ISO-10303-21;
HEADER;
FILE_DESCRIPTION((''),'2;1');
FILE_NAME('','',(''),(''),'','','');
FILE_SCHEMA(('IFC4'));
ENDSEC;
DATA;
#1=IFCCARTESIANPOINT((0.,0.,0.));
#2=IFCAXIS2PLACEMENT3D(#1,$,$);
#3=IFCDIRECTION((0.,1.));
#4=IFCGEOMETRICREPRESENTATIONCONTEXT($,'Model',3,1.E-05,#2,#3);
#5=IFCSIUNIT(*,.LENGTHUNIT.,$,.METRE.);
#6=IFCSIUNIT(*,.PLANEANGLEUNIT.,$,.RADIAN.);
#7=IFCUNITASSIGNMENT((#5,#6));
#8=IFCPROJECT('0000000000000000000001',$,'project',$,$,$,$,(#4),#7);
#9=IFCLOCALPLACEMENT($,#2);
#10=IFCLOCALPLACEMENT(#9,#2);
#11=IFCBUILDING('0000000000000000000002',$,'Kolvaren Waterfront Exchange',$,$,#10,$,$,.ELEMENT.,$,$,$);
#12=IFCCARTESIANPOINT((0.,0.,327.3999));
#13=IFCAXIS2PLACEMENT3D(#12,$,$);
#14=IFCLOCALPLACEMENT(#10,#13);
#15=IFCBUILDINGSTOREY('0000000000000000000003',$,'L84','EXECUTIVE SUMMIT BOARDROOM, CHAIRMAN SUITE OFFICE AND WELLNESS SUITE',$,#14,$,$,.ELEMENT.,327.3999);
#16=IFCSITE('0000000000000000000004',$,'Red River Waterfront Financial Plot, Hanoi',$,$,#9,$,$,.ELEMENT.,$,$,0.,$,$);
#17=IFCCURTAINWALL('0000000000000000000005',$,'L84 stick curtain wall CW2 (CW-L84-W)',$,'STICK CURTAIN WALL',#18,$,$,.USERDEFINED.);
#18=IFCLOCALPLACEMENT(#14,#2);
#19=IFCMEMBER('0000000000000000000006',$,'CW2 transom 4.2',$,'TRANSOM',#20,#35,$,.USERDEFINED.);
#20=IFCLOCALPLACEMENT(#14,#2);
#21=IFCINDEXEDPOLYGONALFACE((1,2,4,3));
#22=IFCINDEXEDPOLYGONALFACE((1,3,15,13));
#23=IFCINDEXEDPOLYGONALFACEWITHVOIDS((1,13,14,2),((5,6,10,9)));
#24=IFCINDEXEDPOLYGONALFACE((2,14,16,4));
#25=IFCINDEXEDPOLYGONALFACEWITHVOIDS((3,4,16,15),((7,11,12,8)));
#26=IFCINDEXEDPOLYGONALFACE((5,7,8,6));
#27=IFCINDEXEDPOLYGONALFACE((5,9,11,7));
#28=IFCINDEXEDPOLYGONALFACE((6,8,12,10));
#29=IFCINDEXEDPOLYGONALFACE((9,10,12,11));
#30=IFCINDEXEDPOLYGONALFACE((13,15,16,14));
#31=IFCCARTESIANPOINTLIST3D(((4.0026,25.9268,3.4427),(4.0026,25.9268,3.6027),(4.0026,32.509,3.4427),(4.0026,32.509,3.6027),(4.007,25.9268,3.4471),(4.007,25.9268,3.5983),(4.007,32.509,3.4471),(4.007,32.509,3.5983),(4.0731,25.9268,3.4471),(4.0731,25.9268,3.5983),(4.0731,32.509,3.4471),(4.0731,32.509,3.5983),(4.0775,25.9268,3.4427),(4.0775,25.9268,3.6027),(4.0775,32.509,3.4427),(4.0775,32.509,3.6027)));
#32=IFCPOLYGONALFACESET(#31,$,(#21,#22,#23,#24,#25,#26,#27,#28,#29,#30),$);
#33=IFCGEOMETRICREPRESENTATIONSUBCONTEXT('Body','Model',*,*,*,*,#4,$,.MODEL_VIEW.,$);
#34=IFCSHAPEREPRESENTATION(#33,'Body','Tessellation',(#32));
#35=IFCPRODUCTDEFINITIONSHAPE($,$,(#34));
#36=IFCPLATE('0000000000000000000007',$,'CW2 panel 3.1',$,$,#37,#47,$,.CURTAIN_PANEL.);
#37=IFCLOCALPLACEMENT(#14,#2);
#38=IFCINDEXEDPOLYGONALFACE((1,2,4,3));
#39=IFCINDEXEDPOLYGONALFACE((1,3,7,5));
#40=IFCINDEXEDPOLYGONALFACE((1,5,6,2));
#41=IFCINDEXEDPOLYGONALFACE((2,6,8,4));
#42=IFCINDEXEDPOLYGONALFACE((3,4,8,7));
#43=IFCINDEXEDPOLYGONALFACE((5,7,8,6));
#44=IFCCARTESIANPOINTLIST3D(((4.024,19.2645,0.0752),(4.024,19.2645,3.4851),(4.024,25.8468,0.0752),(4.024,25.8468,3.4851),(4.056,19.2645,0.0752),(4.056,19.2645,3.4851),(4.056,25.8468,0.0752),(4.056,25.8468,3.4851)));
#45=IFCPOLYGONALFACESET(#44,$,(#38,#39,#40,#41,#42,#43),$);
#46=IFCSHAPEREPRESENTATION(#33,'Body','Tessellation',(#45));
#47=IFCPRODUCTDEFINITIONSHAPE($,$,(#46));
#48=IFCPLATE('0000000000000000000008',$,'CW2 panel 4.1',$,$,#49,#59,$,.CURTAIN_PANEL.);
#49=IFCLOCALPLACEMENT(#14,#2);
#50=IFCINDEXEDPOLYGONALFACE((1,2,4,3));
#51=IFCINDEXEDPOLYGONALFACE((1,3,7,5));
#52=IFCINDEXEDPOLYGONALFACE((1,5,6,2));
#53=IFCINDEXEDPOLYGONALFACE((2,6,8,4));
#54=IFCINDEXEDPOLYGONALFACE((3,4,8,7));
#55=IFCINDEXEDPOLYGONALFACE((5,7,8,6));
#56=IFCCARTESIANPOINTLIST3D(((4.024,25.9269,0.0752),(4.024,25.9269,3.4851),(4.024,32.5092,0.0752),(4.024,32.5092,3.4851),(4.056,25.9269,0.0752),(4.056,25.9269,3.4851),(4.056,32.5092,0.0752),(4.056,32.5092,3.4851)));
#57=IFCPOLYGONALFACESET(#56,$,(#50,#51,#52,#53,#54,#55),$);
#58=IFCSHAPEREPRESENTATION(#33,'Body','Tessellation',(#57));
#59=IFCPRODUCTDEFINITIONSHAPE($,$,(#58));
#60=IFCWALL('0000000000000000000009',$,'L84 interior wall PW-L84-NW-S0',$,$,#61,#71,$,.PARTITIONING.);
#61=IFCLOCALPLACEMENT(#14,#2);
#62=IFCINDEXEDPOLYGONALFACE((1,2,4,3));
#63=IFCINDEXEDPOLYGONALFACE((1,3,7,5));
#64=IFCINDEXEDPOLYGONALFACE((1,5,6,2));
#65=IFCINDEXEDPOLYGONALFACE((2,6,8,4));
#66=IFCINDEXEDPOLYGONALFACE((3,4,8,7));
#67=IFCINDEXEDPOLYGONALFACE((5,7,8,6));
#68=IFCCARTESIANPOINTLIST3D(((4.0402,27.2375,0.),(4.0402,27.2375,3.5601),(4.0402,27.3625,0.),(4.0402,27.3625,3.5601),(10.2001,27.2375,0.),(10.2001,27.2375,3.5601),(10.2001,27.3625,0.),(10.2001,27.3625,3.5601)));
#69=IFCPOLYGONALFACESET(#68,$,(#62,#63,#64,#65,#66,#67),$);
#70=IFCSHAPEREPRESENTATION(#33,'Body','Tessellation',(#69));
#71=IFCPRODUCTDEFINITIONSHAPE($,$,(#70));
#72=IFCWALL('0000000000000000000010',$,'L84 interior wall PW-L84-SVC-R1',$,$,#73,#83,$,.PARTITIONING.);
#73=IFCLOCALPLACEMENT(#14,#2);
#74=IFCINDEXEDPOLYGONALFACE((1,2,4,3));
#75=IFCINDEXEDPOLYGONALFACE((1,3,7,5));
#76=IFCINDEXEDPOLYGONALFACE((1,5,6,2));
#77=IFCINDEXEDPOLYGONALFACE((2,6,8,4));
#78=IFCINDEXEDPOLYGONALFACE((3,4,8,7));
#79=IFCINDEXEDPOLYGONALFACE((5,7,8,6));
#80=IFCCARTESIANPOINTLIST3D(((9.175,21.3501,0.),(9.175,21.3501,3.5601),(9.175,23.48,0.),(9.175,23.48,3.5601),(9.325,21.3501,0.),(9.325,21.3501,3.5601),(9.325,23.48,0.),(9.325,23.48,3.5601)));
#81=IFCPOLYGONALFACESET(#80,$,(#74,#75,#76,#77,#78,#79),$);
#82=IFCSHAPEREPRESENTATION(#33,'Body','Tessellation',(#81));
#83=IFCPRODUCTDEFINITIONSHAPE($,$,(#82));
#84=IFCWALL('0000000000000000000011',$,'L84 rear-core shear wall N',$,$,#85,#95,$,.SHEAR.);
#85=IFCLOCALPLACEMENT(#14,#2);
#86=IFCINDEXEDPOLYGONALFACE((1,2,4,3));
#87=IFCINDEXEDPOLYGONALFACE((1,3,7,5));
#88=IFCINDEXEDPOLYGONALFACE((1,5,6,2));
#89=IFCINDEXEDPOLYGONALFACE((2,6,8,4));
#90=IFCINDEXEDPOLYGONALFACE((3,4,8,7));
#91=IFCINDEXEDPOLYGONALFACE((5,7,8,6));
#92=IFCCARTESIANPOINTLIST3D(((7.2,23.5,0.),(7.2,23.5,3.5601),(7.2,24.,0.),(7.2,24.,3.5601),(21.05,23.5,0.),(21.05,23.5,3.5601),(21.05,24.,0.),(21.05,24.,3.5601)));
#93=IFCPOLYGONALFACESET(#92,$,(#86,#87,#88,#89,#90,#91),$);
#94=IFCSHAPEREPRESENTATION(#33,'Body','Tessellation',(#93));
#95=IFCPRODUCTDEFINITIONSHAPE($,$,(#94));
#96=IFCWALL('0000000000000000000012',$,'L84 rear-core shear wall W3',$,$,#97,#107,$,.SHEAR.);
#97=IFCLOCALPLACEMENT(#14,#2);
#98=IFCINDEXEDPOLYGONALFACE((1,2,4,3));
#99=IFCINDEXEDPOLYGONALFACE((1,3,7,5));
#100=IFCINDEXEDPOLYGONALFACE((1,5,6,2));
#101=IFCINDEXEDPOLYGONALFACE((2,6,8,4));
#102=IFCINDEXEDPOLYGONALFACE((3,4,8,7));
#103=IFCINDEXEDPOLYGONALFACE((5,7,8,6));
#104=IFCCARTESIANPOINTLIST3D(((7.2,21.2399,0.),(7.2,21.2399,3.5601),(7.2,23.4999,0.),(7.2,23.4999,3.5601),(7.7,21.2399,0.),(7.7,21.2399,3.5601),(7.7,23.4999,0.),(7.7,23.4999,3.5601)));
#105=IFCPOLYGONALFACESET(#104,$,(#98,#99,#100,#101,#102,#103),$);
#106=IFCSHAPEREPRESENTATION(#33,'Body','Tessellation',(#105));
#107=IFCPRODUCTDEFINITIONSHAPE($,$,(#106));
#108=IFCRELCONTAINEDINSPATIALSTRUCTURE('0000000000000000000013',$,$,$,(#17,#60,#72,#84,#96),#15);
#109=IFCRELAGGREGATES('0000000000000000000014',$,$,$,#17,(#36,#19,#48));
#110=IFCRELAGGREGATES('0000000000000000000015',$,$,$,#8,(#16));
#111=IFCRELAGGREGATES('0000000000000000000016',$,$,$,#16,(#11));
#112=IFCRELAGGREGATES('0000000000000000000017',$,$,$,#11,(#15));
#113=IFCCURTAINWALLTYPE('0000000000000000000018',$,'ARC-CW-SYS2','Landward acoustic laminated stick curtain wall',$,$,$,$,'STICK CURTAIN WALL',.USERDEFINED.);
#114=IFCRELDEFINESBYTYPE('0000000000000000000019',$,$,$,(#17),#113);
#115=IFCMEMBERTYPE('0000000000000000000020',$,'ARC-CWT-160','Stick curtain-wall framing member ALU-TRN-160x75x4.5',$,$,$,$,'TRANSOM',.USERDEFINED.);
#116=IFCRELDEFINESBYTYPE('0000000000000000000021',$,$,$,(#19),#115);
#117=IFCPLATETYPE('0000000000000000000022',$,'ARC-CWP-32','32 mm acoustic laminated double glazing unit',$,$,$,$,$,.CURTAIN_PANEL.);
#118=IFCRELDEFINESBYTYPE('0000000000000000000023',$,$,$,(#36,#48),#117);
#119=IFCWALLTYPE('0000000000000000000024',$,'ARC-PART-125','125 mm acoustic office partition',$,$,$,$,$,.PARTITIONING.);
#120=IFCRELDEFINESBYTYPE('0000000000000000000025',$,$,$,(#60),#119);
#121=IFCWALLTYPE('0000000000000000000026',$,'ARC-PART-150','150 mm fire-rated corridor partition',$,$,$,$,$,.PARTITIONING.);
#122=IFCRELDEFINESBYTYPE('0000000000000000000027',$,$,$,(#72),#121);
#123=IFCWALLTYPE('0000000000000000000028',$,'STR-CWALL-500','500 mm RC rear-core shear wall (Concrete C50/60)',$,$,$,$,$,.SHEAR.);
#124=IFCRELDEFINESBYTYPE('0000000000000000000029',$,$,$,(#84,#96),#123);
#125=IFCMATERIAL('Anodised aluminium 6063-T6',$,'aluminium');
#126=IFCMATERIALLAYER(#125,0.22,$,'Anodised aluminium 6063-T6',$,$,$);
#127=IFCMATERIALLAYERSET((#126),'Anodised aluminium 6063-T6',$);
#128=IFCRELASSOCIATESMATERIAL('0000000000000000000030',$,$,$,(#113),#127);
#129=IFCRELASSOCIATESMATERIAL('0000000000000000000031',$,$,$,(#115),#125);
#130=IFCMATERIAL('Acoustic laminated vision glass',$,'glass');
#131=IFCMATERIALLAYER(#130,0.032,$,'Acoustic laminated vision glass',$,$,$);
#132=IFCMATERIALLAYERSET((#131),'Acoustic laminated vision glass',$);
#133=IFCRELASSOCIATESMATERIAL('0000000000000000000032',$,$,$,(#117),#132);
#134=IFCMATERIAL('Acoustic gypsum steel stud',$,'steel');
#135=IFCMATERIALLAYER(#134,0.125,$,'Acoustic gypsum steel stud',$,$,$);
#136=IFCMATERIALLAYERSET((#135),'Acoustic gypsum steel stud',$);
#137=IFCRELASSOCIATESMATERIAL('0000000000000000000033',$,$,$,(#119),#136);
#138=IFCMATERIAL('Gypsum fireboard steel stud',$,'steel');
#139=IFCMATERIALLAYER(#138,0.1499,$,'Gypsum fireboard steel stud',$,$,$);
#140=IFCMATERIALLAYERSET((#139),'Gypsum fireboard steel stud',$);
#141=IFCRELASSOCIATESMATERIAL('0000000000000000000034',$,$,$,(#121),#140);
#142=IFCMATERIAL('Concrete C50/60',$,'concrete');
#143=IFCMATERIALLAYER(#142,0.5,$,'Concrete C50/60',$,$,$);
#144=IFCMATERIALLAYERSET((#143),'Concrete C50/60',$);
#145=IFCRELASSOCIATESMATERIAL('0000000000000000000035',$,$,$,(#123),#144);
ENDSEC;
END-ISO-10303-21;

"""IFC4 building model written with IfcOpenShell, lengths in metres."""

from ifc_helpers import new_model, si_unit, direction, frame, frame_2d, origin, origin_with_axes, origin_2d, place, context, subcontext, project, spatial, rectangle, hollow_rectangle, extrude, source, transform, mapped, material, layer, layer_set, material_profile, profile_set, type_object, element, aggregate, save


model = new_model("IFC4")

# Units and contexts
model_context = context("Model", 3, precision=1e-05, world=origin(), true_north=direction((0.0, 1.0)))
body_context = subcontext(model_context, "Body", "Model", "MODEL_VIEW")
ifc_project = project(units=[si_unit("LENGTHUNIT", "METRE"), si_unit("PLANEANGLEUNIT", "RADIAN")], contexts=[model_context])

# Site, building, storey
site_placement = place(None, origin())
site = spatial("IfcSite", under=ifc_project, at=site_placement, Name="Red River Waterfront Financial Plot, Hanoi", CompositionType="ELEMENT", RefElevation=0.0)
building_placement = place(site_placement, origin())
building = spatial("IfcBuilding", under=site, at=building_placement, Name="Kolvaren Waterfront Exchange", CompositionType="ELEMENT")
storey_placement = place(building_placement, frame((0.0, 0.0, 327.3999)))
storey = spatial("IfcBuildingStorey", under=building, at=storey_placement, Name="L84", Description="EXECUTIVE SUMMIT BOARDROOM, CHAIRMAN SUITE OFFICE AND WELLNESS SUITE", CompositionType="ELEMENT", Elevation=327.3999)

# Shared definitions
ifc_material_1 = material(Name="Concrete C50/60", Category="concrete")

# Curtain wall, member, plates
ifc_material_2 = material(Name="Anodised aluminium 6063-T6", Category="aluminium")
ifc_layer_1 = layer(ifc_material_2, 0.22, Name="Anodised aluminium 6063-T6")
ifc_layer_set_1 = layer_set([ifc_layer_1], Name="Anodised aluminium 6063-T6")
curtain_wall_type = type_object("IfcCurtainWallType", Name="ARC-CW-SYS2", Description="Landward acoustic laminated stick curtain wall", ElementType="STICK CURTAIN WALL", PredefinedType="USERDEFINED", material=ifc_layer_set_1)
curtain_wall_placement = place(storey_placement, origin())
curtain_wall = element("IfcCurtainWall", 1, at=curtain_wall_placement, inside=storey, type_object=curtain_wall_type, Name="L84 stick curtain wall CW2 (CW-L84-W)", ObjectType="STICK CURTAIN WALL", PredefinedType="USERDEFINED")
ifc_material_profile_1 = material_profile(ifc_material_2, hollow_rectangle(XDim=0.075, YDim=0.1599, WallThickness=0.0044, at=origin_2d()), Name="ALU-TRN-160x75x4.5")
ifc_profile_set_1 = profile_set([ifc_material_profile_1], Name="Anodised aluminium 6063-T6")
member_type_1 = type_object("IfcMemberType", Name="ARC-CWT-160", Description="Stick curtain-wall framing member ALU-TRN-160x75x4.5", ElementType="TRANSOM", PredefinedType="USERDEFINED", material=ifc_profile_set_1)
shared_shape_1 = source(origin_with_axes(), body_context, "Body", "SweptSolid", [
    extrude(hollow_rectangle(XDim=0.075, YDim=0.1599, WallThickness=0.0044, at=origin_2d()), origin(), (0.0, 0.0, 1.0), 6.5823),
])
member_1_placement = place(storey_placement, frame((4.04, 25.9268, 3.5227), z_axis=(0.0, 1.0, 0.0), x_axis=(-1.0, 0.0, 0.0)))
member_1 = element("IfcMember", 2, at=member_1_placement, type_object=member_type_1, Name="CW2 transom 4.2", ObjectType="TRANSOM", PredefinedType="USERDEFINED", context=body_context, shape_type="MappedRepresentation", body=[
    mapped(shared_shape_1, transform((0.0, 0.0, 0.0), x_axis=(1.0, 0.0, 0.0), y_axis=(0.0, 1.0, 0.0), z_axis=(0.0, 0.0, 1.0), scale=1.0)),
])
ifc_material_3 = material(Name="Acoustic laminated vision glass", Category="glass")
ifc_layer_2 = layer(ifc_material_3, 0.032, Name="Acoustic laminated vision glass")
ifc_layer_set_2 = layer_set([ifc_layer_2], Name="Acoustic laminated vision glass")
plate_type = type_object("IfcPlateType", Name="ARC-CWP-32", Description="32 mm acoustic laminated double glazing unit", PredefinedType="CURTAIN_PANEL", material=ifc_layer_set_2)
shared_shape_2 = source(origin_with_axes(), body_context, "Body", "SweptSolid", [
    extrude(rectangle(XDim=6.5823, YDim=0.032, at=origin_2d()), origin(), (0.0, 0.0, 1.0), 3.4099),
])
plate_1_placement = place(storey_placement, frame((4.04, 22.5557, 0.0752), z_axis=(0.0, 0.0, 1.0), x_axis=(0.0, 1.0, 0.0)))
plate_1 = element("IfcPlate", 3, at=plate_1_placement, type_object=plate_type, Name="CW2 panel 3.1", PredefinedType="CURTAIN_PANEL", context=body_context, shape_type="MappedRepresentation", body=[
    mapped(shared_shape_2, transform((0.0, 0.0, 0.0), x_axis=(1.0, 0.0, 0.0), y_axis=(0.0, 1.0, 0.0), z_axis=(0.0, 0.0, 1.0), scale=1.0)),
])
plate_2_placement = place(storey_placement, frame((4.04, 29.218, 0.0752), z_axis=(0.0, 0.0, 1.0), x_axis=(0.0, 1.0, 0.0)))
plate_2 = element("IfcPlate", 4, at=plate_2_placement, type_object=plate_type, Name="CW2 panel 4.1", PredefinedType="CURTAIN_PANEL", context=body_context, shape_type="MappedRepresentation", body=[
    mapped(shared_shape_2, transform((0.0, 0.0, 0.0), x_axis=(1.0, 0.0, 0.0), y_axis=(0.0, 1.0, 0.0), z_axis=(0.0, 0.0, 1.0), scale=1.0)),
])
aggregate(curtain_wall, [plate_1, member_1, plate_2])

# Walls
ifc_material_4 = material(Name="Acoustic gypsum steel stud", Category="steel")
ifc_layer_3 = layer(ifc_material_4, 0.125, Name="Acoustic gypsum steel stud")
ifc_layer_set_3 = layer_set([ifc_layer_3], Name="Acoustic gypsum steel stud")
wall_type_1 = type_object("IfcWallType", Name="ARC-PART-125", Description="125 mm acoustic office partition", PredefinedType="PARTITIONING", material=ifc_layer_set_3)
wall_1_placement = place(storey_placement, frame((4.04, 27.3, 0.0), z_axis=(0.0, 0.0, 1.0), x_axis=(1.0, 0.0, 0.0)))
element("IfcWall", 5, at=wall_1_placement, inside=storey, type_object=wall_type_1, Name="L84 interior wall PW-L84-NW-S0", PredefinedType="PARTITIONING", context=body_context, shape_type="SweptSolid", body=[
    extrude(rectangle(XDim=6.1599, YDim=0.125, at=frame_2d((3.0801, 0.0))), origin(), (0.0, 0.0, 1.0), 3.5601),
])
ifc_material_5 = material(Name="Gypsum fireboard steel stud", Category="steel")
ifc_layer_4 = layer(ifc_material_5, 0.1499, Name="Gypsum fireboard steel stud")
ifc_layer_set_4 = layer_set([ifc_layer_4], Name="Gypsum fireboard steel stud")
wall_type_2 = type_object("IfcWallType", Name="ARC-PART-150", Description="150 mm fire-rated corridor partition", PredefinedType="PARTITIONING", material=ifc_layer_set_4)
wall_2_placement = place(storey_placement, frame((9.25, 21.3501, 0.0), z_axis=(0.0, 0.0, 1.0), x_axis=(0.0, 1.0, 0.0)))
element("IfcWall", 6, at=wall_2_placement, inside=storey, type_object=wall_type_2, Name="L84 interior wall PW-L84-SVC-R1", PredefinedType="PARTITIONING", context=body_context, shape_type="SweptSolid", body=[
    extrude(rectangle(XDim=2.1299, YDim=0.1499, at=frame_2d((1.0649, 0.0))), origin(), (0.0, 0.0, 1.0), 3.5601),
])

# Walls
ifc_layer_5 = layer(ifc_material_1, 0.5, Name="Concrete C50/60")
ifc_layer_set_5 = layer_set([ifc_layer_5], Name="Concrete C50/60")
wall_type_3 = type_object("IfcWallType", Name="STR-CWALL-500", Description="500 mm RC rear-core shear wall (Concrete C50/60)", PredefinedType="SHEAR", material=ifc_layer_set_5)
wall_3_placement = place(storey_placement, frame((7.2, 23.75, 0.0), z_axis=(0.0, 0.0, 1.0), x_axis=(1.0, 0.0, 0.0)))
element("IfcWall", 7, at=wall_3_placement, inside=storey, type_object=wall_type_3, Name="L84 rear-core shear wall N", PredefinedType="SHEAR", context=body_context, shape_type="SweptSolid", body=[
    extrude(rectangle(XDim=13.8501, YDim=0.5, at=frame_2d((6.925, 0.0))), origin(), (0.0, 0.0, 1.0), 3.5601),
])
wall_4_placement = place(storey_placement, frame((7.45, 21.24, 0.0), z_axis=(0.0, 0.0, 1.0), x_axis=(0.0, 1.0, 0.0)))
element("IfcWall", 8, at=wall_4_placement, inside=storey, type_object=wall_type_3, Name="L84 rear-core shear wall W3", PredefinedType="SHEAR", context=body_context, shape_type="SweptSolid", body=[
    extrude(rectangle(XDim=2.26, YDim=0.5, at=frame_2d((1.1299, 0.0))), origin(), (0.0, 0.0, 1.0), 3.5601),
])

save(model, "model.ifc")
